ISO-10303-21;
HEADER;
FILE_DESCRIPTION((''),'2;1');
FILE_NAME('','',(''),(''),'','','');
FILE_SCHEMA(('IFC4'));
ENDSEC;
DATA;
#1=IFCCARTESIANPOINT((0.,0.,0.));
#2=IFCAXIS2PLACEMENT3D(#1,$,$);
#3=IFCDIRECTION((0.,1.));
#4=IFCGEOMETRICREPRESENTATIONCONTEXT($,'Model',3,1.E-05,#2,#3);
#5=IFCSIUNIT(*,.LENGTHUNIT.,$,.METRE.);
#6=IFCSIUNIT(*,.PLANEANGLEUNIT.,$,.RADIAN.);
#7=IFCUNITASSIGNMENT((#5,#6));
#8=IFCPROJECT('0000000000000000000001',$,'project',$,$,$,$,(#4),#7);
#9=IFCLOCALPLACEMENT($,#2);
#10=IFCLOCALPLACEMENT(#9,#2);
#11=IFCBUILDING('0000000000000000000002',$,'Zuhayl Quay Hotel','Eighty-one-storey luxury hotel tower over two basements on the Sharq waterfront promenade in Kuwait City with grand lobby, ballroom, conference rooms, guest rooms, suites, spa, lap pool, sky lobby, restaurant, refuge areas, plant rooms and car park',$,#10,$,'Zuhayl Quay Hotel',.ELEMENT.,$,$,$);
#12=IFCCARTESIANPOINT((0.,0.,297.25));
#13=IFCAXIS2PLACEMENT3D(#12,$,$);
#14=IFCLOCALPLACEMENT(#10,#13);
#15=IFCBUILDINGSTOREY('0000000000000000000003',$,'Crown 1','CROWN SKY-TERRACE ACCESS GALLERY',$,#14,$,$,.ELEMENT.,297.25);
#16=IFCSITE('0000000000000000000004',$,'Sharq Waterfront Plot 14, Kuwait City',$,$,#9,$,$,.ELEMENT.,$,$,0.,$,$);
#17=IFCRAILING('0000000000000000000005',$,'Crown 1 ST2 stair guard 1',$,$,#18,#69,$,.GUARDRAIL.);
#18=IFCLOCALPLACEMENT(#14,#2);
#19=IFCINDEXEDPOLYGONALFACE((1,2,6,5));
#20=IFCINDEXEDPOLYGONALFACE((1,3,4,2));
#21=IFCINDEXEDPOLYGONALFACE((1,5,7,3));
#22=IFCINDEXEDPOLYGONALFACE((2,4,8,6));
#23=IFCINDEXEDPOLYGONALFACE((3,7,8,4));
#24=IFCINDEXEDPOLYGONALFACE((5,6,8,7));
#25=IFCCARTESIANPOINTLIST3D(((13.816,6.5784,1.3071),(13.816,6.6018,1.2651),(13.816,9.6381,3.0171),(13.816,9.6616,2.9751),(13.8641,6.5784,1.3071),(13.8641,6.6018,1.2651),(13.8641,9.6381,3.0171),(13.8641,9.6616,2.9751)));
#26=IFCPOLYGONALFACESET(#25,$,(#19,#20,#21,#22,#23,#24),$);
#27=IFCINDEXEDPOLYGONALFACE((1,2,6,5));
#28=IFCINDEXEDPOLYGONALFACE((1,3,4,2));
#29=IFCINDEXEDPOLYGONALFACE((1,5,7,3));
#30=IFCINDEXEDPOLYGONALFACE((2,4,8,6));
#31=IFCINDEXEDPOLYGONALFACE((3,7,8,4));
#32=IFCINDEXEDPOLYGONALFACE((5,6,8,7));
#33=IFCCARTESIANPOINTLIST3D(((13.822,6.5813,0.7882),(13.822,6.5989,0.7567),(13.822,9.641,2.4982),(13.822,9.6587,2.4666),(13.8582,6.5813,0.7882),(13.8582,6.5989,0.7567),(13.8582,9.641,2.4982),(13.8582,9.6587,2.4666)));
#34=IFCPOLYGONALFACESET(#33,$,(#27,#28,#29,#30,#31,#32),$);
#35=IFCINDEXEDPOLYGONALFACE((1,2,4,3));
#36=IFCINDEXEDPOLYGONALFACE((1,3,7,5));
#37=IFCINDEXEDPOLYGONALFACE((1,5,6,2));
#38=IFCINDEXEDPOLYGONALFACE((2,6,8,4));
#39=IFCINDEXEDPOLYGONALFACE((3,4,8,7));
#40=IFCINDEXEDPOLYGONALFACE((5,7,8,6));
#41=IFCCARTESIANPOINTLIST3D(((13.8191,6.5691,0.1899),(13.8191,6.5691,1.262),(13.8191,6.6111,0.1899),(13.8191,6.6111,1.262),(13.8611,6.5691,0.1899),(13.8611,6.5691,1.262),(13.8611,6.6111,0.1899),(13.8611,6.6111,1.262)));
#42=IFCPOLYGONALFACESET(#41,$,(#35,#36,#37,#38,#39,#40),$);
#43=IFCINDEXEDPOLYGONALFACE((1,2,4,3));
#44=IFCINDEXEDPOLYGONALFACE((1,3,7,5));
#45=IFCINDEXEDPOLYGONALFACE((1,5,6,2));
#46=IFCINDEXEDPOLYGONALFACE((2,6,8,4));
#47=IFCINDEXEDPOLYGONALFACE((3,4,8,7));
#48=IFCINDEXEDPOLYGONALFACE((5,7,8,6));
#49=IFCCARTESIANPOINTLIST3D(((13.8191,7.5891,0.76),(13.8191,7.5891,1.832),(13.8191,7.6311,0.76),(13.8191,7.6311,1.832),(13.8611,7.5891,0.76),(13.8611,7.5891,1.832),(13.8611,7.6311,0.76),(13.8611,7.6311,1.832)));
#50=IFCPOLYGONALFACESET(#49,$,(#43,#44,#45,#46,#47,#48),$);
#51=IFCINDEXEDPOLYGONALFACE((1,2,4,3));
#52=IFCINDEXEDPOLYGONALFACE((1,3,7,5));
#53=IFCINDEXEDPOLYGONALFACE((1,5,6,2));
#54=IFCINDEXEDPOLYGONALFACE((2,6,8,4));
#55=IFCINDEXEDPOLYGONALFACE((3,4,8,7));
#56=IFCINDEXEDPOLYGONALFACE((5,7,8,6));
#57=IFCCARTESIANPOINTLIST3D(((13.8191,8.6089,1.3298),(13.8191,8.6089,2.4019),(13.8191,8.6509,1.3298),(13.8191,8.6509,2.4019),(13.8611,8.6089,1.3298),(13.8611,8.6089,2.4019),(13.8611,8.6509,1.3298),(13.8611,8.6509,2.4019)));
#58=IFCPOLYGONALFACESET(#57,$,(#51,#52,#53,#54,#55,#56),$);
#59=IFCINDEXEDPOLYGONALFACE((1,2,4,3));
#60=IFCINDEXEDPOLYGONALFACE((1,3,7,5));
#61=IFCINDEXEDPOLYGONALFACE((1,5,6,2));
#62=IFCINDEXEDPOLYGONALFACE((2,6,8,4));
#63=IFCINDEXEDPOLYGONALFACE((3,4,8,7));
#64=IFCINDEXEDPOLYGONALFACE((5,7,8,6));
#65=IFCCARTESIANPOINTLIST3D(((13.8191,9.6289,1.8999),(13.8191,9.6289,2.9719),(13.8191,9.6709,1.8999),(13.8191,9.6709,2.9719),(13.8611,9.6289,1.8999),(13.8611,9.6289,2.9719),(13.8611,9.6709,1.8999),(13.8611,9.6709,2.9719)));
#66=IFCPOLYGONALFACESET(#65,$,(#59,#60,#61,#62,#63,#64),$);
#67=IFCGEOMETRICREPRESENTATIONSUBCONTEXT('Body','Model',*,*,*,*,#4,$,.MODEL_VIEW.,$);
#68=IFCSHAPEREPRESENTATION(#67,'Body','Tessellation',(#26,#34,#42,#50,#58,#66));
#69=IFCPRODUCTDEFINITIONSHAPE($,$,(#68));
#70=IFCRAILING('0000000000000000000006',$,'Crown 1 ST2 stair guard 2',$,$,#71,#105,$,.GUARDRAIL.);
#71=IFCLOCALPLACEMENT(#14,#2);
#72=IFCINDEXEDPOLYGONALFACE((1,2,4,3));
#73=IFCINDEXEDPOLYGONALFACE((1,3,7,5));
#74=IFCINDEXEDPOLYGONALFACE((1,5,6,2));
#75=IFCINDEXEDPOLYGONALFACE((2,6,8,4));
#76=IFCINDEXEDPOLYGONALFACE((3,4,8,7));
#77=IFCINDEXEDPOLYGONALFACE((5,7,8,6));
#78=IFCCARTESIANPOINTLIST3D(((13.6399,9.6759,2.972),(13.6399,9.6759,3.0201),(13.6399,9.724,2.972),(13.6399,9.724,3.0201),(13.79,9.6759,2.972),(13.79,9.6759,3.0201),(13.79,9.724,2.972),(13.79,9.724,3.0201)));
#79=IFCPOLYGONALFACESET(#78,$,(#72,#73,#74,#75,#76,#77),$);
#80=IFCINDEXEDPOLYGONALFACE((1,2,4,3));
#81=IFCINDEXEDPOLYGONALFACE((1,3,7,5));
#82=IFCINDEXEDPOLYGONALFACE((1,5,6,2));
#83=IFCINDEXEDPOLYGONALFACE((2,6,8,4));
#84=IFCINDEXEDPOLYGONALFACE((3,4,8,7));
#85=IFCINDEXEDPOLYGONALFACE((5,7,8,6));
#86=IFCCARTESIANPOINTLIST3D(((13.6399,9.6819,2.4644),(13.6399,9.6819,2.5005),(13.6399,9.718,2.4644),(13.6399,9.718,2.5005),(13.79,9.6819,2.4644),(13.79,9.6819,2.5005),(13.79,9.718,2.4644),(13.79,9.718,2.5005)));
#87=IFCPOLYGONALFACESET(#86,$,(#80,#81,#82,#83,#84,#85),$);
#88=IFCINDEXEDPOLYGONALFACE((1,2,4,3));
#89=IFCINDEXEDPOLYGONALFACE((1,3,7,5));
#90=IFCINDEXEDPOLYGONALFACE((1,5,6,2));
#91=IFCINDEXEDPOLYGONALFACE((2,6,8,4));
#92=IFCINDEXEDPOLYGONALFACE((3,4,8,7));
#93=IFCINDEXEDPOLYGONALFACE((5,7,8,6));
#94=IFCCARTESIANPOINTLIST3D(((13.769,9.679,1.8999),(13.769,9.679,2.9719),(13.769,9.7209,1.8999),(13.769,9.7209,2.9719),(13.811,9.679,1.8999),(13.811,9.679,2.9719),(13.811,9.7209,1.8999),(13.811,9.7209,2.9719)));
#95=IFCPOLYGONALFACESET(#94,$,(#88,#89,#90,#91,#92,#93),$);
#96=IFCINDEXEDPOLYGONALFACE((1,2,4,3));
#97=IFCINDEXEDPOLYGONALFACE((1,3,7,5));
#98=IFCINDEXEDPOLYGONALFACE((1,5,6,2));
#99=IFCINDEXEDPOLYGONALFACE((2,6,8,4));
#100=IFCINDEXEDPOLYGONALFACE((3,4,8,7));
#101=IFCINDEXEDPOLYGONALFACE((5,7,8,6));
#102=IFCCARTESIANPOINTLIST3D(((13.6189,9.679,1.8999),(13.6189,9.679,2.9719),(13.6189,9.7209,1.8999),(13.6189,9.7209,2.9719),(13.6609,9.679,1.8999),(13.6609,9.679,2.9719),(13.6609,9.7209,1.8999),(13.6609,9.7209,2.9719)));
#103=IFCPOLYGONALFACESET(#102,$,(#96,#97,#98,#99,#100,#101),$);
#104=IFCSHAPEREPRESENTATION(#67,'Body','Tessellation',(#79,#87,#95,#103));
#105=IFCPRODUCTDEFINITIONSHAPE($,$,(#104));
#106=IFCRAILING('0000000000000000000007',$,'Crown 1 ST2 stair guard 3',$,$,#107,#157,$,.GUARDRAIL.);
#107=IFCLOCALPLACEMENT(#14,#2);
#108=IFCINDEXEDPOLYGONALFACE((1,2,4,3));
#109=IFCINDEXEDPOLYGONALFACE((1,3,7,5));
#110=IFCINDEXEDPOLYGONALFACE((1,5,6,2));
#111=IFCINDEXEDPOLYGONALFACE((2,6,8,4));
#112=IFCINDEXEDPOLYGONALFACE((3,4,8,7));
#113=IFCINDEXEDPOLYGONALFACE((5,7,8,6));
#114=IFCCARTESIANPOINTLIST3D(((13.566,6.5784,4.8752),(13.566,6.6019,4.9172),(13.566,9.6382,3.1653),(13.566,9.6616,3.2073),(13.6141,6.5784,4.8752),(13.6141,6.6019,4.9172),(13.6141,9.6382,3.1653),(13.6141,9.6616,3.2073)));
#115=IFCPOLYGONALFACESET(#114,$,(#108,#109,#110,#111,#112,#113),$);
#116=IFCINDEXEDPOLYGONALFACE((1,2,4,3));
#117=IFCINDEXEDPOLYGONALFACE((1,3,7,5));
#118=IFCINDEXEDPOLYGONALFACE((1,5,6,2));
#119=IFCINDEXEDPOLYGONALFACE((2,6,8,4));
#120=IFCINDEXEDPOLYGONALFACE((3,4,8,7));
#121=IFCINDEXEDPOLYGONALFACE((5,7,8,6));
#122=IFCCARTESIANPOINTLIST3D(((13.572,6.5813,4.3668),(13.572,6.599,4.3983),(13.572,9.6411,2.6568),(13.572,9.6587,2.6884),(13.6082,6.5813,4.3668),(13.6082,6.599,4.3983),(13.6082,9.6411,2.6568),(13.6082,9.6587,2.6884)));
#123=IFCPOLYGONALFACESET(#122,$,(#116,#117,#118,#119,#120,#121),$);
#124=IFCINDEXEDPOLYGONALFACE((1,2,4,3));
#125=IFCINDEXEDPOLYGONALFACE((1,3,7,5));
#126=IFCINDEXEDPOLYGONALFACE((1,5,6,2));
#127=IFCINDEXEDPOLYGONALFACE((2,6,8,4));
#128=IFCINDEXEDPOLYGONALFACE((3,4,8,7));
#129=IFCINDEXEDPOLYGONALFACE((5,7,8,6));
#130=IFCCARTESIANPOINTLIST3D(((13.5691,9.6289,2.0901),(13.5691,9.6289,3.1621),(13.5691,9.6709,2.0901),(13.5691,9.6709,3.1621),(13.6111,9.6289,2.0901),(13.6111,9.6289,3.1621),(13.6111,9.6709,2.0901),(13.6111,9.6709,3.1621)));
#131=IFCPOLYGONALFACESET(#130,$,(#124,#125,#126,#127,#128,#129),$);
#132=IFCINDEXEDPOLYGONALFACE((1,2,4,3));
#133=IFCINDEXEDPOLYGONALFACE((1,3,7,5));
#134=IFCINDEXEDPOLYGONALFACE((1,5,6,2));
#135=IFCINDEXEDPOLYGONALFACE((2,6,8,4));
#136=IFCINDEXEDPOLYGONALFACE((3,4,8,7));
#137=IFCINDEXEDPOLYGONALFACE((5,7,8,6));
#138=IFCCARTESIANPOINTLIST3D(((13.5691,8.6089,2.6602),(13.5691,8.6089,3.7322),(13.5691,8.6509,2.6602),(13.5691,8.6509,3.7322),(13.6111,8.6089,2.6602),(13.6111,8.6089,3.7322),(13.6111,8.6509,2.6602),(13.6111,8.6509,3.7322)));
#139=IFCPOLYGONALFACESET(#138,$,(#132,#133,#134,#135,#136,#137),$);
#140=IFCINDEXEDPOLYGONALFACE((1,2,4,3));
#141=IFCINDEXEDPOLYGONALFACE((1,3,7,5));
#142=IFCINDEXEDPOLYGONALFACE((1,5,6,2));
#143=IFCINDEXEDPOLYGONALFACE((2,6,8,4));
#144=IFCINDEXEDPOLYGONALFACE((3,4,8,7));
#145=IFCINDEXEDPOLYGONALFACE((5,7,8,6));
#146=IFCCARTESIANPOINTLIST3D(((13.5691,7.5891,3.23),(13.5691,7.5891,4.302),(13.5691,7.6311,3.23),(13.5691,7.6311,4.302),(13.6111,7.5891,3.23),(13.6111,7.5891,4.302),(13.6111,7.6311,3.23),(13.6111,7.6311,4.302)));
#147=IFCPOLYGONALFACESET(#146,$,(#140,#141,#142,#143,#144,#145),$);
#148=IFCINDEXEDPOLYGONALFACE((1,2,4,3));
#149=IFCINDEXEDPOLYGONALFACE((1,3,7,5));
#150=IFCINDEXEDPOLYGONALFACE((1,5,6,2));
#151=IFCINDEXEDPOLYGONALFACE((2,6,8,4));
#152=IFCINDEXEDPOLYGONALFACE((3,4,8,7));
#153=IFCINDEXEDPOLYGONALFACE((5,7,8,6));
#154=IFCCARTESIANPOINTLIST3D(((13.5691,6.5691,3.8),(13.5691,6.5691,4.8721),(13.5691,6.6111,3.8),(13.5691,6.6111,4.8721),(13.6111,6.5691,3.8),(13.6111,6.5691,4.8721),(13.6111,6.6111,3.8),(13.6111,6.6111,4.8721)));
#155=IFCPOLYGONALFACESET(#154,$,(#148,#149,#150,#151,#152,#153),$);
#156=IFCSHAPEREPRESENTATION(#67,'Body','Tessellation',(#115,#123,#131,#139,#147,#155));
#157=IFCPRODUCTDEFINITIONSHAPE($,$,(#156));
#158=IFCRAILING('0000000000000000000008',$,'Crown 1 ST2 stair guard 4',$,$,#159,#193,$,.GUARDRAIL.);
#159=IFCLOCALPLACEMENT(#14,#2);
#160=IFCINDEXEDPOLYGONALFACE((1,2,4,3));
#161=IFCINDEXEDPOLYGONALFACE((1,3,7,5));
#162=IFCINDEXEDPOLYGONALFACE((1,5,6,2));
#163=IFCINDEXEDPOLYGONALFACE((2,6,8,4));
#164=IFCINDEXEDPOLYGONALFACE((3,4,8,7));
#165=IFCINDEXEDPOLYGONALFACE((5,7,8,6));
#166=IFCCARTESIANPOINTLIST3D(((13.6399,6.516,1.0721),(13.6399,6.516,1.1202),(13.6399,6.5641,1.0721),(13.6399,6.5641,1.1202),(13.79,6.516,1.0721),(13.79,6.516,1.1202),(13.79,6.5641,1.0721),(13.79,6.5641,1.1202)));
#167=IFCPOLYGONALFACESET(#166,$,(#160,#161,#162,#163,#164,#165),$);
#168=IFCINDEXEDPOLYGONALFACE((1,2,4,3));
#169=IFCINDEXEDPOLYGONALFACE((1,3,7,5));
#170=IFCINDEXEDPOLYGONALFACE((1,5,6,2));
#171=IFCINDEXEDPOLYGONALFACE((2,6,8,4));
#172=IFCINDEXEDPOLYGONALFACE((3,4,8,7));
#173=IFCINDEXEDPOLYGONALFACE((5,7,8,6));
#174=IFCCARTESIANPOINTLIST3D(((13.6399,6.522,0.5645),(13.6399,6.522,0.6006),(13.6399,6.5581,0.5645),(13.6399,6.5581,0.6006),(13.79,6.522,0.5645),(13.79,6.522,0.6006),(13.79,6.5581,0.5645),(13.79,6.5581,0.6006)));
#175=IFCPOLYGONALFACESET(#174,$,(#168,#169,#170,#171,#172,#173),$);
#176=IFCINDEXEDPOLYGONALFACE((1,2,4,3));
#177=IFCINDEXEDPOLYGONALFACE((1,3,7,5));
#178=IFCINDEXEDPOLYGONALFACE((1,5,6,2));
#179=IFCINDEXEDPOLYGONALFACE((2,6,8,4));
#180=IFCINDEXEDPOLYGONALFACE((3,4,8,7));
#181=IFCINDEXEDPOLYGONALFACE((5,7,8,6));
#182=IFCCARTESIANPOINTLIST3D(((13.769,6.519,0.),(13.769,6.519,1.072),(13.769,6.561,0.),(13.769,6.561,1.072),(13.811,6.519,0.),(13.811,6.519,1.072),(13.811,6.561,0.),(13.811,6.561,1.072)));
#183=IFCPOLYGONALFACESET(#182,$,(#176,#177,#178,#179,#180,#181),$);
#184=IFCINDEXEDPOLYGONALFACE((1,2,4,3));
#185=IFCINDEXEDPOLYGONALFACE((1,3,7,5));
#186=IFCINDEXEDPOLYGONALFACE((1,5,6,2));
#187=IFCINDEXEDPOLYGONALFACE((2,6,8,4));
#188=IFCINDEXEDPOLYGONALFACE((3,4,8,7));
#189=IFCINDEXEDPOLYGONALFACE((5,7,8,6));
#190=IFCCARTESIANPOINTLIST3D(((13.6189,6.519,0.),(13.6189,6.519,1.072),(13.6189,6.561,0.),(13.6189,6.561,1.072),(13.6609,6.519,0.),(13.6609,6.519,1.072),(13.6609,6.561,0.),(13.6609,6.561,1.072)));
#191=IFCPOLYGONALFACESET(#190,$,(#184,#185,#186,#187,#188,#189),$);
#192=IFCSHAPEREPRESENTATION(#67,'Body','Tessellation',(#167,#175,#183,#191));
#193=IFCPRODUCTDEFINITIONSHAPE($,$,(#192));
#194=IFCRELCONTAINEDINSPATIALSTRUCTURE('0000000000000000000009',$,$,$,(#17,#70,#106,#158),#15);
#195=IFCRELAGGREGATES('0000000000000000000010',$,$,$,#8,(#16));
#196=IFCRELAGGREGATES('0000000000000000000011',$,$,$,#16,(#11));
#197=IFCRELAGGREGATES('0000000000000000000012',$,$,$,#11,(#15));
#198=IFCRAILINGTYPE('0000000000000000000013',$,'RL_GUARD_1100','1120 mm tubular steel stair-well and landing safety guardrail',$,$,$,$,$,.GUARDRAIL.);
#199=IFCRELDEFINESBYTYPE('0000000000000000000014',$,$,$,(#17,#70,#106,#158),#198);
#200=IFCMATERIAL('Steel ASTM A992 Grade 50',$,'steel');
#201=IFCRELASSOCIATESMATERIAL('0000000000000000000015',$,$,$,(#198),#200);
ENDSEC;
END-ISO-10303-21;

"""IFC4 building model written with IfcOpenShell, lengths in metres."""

from ifc_helpers import new_model, si_unit, direction, frame, origin, origin_2d, place, context, subcontext, project, spatial, rectangle, extrude, material, type_object, element, save


model = new_model("IFC4")

# Units and contexts
model_context = context("Model", 3, precision=1e-05, world=origin(), true_north=direction((0.0, 1.0)))
body_context = subcontext(model_context, "Body", "Model", "MODEL_VIEW")
ifc_project = project(units=[si_unit("LENGTHUNIT", "METRE"), si_unit("PLANEANGLEUNIT", "RADIAN")], contexts=[model_context])

# Site, building, storey
site_placement = place(None, origin())
site = spatial("IfcSite", under=ifc_project, at=site_placement, Name="Sharq Waterfront Plot 14, Kuwait City", CompositionType="ELEMENT", RefElevation=0.0)
building_placement = place(site_placement, origin())
building = spatial("IfcBuilding", under=site, at=building_placement, Name="Zuhayl Quay Hotel", Description="Eighty-one-storey luxury hotel tower over two basements on the Sharq waterfront promenade in Kuwait City with grand lobby, ballroom, conference rooms, guest rooms, suites, spa, lap pool, sky lobby, restaurant, refuge areas, plant rooms and car park", LongName="Zuhayl Quay Hotel", CompositionType="ELEMENT")
storey_placement = place(building_placement, frame((0.0, 0.0, 297.25)))
storey = spatial("IfcBuildingStorey", under=building, at=storey_placement, Name="Crown 1", Description="CROWN SKY-TERRACE ACCESS GALLERY", CompositionType="ELEMENT", Elevation=297.25)

# Railings
ifc_material_1 = material(Name="Steel ASTM A992 Grade 50", Category="steel")
railing_type_1 = type_object("IfcRailingType", Name="RL_GUARD_1100", Description="1120 mm tubular steel stair-well and landing safety guardrail", PredefinedType="GUARDRAIL", material=ifc_material_1)
railing_1_placement = place(storey_placement, frame((13.8401, 6.5901, 0.1899)))
element("IfcRailing", 1, at=railing_1_placement, inside=storey, type_object=railing_type_1, Name="Crown 1 ST2 stair guard 1", PredefinedType="GUARDRAIL", context=body_context, shape_type="SweptSolid", body=[
    extrude(rectangle(XDim=0.0481, YDim=0.0481, at=origin_2d()), frame((0.0, 0.0, 1.0962), z_axis=(0.0, 0.872936, 0.487835), x_axis=(-1.0, 0.0, 0.0)), (0.0, 0.0, 1.0), 3.5051),
    extrude(rectangle(XDim=0.0361, YDim=0.0361, at=origin_2d()), frame((0.0, 0.0, 0.5825), z_axis=(0.0, 0.872936, 0.487835), x_axis=(-1.0, 0.0, 0.0)), (0.0, 0.0, 1.0), 3.5051),
    extrude(rectangle(XDim=0.042, YDim=0.042, at=origin_2d()), origin(), (0.0, 0.0, 1.0), 1.072),
    extrude(rectangle(XDim=0.042, YDim=0.042, at=origin_2d()), frame((0.0, 1.02, 0.5701)), (0.0, 0.0, 1.0), 1.072),
    extrude(rectangle(XDim=0.042, YDim=0.042, at=origin_2d()), frame((0.0, 2.0398, 1.1399)), (0.0, 0.0, 1.0), 1.072),
    extrude(rectangle(XDim=0.042, YDim=0.042, at=origin_2d()), frame((0.0, 3.0598, 1.71)), (0.0, 0.0, 1.0), 1.072),
])
railing_2_placement = place(storey_placement, frame((13.79, 9.7, 1.8999)))
element("IfcRailing", 2, at=railing_2_placement, inside=storey, type_object=railing_type_1, Name="Crown 1 ST2 stair guard 2", PredefinedType="GUARDRAIL", context=body_context, shape_type="SweptSolid", body=[
    extrude(rectangle(XDim=0.0481, YDim=0.0481, at=origin_2d()), frame((0.0, 0.0, 1.0962), z_axis=(-1.0, 0.0, 0.0), x_axis=(0.0, -1.0, 0.0)), (0.0, 0.0, 1.0), 0.1501),
    extrude(rectangle(XDim=0.0361, YDim=0.0361, at=origin_2d()), frame((0.0, 0.0, 0.5825), z_axis=(-1.0, 0.0, 0.0), x_axis=(0.0, -1.0, 0.0)), (0.0, 0.0, 1.0), 0.1501),
    extrude(rectangle(XDim=0.042, YDim=0.042, at=origin_2d()), origin(), (0.0, 0.0, 1.0), 1.072),
    extrude(rectangle(XDim=0.042, YDim=0.042, at=origin_2d()), frame((-0.1501, 0.0, 0.0)), (0.0, 0.0, 1.0), 1.072),
])
railing_3_placement = place(storey_placement, frame((13.5901, 9.6499, 2.0901)))
element("IfcRailing", 3, at=railing_3_placement, inside=storey, type_object=railing_type_1, Name="Crown 1 ST2 stair guard 3", PredefinedType="GUARDRAIL", context=body_context, shape_type="SweptSolid", body=[
    extrude(rectangle(XDim=0.0481, YDim=0.0481, at=origin_2d()), frame((0.0, 0.0, 1.0962), z_axis=(0.0, -0.872936, 0.487835), x_axis=(1.0, 0.0, 0.0)), (0.0, 0.0, 1.0), 3.5051),
    extrude(rectangle(XDim=0.0361, YDim=0.0361, at=origin_2d()), frame((0.0, 0.0, 0.5825), z_axis=(0.0, -0.872936, 0.487835), x_axis=(1.0, 0.0, 0.0)), (0.0, 0.0, 1.0), 3.5051),
    extrude(rectangle(XDim=0.042, YDim=0.042, at=origin_2d()), origin(), (0.0, 0.0, 1.0), 1.072),
    extrude(rectangle(XDim=0.042, YDim=0.042, at=origin_2d()), frame((0.0, -1.02, 0.5701)), (0.0, 0.0, 1.0), 1.072),
    extrude(rectangle(XDim=0.042, YDim=0.042, at=origin_2d()), frame((0.0, -2.0398, 1.1399)), (0.0, 0.0, 1.0), 1.072),
    extrude(rectangle(XDim=0.042, YDim=0.042, at=origin_2d()), frame((0.0, -3.0598, 1.71)), (0.0, 0.0, 1.0), 1.072),
])
railing_4_placement = place(storey_placement, frame((13.79, 6.54, 0.0)))
element("IfcRailing", 4, at=railing_4_placement, inside=storey, type_object=railing_type_1, Name="Crown 1 ST2 stair guard 4", PredefinedType="GUARDRAIL", context=body_context, shape_type="SweptSolid", body=[
    extrude(rectangle(XDim=0.0481, YDim=0.0481, at=origin_2d()), frame((0.0, 0.0, 1.0962), z_axis=(-1.0, 0.0, 0.0), x_axis=(0.0, -1.0, 0.0)), (0.0, 0.0, 1.0), 0.1501),
    extrude(rectangle(XDim=0.0361, YDim=0.0361, at=origin_2d()), frame((0.0, 0.0, 0.5825), z_axis=(-1.0, 0.0, 0.0), x_axis=(0.0, -1.0, 0.0)), (0.0, 0.0, 1.0), 0.1501),
    extrude(rectangle(XDim=0.042, YDim=0.042, at=origin_2d()), origin(), (0.0, 0.0, 1.0), 1.072),
    extrude(rectangle(XDim=0.042, YDim=0.042, at=origin_2d()), frame((-0.1501, 0.0, 0.0)), (0.0, 0.0, 1.0), 1.072),
])

save(model, "model.ifc")
